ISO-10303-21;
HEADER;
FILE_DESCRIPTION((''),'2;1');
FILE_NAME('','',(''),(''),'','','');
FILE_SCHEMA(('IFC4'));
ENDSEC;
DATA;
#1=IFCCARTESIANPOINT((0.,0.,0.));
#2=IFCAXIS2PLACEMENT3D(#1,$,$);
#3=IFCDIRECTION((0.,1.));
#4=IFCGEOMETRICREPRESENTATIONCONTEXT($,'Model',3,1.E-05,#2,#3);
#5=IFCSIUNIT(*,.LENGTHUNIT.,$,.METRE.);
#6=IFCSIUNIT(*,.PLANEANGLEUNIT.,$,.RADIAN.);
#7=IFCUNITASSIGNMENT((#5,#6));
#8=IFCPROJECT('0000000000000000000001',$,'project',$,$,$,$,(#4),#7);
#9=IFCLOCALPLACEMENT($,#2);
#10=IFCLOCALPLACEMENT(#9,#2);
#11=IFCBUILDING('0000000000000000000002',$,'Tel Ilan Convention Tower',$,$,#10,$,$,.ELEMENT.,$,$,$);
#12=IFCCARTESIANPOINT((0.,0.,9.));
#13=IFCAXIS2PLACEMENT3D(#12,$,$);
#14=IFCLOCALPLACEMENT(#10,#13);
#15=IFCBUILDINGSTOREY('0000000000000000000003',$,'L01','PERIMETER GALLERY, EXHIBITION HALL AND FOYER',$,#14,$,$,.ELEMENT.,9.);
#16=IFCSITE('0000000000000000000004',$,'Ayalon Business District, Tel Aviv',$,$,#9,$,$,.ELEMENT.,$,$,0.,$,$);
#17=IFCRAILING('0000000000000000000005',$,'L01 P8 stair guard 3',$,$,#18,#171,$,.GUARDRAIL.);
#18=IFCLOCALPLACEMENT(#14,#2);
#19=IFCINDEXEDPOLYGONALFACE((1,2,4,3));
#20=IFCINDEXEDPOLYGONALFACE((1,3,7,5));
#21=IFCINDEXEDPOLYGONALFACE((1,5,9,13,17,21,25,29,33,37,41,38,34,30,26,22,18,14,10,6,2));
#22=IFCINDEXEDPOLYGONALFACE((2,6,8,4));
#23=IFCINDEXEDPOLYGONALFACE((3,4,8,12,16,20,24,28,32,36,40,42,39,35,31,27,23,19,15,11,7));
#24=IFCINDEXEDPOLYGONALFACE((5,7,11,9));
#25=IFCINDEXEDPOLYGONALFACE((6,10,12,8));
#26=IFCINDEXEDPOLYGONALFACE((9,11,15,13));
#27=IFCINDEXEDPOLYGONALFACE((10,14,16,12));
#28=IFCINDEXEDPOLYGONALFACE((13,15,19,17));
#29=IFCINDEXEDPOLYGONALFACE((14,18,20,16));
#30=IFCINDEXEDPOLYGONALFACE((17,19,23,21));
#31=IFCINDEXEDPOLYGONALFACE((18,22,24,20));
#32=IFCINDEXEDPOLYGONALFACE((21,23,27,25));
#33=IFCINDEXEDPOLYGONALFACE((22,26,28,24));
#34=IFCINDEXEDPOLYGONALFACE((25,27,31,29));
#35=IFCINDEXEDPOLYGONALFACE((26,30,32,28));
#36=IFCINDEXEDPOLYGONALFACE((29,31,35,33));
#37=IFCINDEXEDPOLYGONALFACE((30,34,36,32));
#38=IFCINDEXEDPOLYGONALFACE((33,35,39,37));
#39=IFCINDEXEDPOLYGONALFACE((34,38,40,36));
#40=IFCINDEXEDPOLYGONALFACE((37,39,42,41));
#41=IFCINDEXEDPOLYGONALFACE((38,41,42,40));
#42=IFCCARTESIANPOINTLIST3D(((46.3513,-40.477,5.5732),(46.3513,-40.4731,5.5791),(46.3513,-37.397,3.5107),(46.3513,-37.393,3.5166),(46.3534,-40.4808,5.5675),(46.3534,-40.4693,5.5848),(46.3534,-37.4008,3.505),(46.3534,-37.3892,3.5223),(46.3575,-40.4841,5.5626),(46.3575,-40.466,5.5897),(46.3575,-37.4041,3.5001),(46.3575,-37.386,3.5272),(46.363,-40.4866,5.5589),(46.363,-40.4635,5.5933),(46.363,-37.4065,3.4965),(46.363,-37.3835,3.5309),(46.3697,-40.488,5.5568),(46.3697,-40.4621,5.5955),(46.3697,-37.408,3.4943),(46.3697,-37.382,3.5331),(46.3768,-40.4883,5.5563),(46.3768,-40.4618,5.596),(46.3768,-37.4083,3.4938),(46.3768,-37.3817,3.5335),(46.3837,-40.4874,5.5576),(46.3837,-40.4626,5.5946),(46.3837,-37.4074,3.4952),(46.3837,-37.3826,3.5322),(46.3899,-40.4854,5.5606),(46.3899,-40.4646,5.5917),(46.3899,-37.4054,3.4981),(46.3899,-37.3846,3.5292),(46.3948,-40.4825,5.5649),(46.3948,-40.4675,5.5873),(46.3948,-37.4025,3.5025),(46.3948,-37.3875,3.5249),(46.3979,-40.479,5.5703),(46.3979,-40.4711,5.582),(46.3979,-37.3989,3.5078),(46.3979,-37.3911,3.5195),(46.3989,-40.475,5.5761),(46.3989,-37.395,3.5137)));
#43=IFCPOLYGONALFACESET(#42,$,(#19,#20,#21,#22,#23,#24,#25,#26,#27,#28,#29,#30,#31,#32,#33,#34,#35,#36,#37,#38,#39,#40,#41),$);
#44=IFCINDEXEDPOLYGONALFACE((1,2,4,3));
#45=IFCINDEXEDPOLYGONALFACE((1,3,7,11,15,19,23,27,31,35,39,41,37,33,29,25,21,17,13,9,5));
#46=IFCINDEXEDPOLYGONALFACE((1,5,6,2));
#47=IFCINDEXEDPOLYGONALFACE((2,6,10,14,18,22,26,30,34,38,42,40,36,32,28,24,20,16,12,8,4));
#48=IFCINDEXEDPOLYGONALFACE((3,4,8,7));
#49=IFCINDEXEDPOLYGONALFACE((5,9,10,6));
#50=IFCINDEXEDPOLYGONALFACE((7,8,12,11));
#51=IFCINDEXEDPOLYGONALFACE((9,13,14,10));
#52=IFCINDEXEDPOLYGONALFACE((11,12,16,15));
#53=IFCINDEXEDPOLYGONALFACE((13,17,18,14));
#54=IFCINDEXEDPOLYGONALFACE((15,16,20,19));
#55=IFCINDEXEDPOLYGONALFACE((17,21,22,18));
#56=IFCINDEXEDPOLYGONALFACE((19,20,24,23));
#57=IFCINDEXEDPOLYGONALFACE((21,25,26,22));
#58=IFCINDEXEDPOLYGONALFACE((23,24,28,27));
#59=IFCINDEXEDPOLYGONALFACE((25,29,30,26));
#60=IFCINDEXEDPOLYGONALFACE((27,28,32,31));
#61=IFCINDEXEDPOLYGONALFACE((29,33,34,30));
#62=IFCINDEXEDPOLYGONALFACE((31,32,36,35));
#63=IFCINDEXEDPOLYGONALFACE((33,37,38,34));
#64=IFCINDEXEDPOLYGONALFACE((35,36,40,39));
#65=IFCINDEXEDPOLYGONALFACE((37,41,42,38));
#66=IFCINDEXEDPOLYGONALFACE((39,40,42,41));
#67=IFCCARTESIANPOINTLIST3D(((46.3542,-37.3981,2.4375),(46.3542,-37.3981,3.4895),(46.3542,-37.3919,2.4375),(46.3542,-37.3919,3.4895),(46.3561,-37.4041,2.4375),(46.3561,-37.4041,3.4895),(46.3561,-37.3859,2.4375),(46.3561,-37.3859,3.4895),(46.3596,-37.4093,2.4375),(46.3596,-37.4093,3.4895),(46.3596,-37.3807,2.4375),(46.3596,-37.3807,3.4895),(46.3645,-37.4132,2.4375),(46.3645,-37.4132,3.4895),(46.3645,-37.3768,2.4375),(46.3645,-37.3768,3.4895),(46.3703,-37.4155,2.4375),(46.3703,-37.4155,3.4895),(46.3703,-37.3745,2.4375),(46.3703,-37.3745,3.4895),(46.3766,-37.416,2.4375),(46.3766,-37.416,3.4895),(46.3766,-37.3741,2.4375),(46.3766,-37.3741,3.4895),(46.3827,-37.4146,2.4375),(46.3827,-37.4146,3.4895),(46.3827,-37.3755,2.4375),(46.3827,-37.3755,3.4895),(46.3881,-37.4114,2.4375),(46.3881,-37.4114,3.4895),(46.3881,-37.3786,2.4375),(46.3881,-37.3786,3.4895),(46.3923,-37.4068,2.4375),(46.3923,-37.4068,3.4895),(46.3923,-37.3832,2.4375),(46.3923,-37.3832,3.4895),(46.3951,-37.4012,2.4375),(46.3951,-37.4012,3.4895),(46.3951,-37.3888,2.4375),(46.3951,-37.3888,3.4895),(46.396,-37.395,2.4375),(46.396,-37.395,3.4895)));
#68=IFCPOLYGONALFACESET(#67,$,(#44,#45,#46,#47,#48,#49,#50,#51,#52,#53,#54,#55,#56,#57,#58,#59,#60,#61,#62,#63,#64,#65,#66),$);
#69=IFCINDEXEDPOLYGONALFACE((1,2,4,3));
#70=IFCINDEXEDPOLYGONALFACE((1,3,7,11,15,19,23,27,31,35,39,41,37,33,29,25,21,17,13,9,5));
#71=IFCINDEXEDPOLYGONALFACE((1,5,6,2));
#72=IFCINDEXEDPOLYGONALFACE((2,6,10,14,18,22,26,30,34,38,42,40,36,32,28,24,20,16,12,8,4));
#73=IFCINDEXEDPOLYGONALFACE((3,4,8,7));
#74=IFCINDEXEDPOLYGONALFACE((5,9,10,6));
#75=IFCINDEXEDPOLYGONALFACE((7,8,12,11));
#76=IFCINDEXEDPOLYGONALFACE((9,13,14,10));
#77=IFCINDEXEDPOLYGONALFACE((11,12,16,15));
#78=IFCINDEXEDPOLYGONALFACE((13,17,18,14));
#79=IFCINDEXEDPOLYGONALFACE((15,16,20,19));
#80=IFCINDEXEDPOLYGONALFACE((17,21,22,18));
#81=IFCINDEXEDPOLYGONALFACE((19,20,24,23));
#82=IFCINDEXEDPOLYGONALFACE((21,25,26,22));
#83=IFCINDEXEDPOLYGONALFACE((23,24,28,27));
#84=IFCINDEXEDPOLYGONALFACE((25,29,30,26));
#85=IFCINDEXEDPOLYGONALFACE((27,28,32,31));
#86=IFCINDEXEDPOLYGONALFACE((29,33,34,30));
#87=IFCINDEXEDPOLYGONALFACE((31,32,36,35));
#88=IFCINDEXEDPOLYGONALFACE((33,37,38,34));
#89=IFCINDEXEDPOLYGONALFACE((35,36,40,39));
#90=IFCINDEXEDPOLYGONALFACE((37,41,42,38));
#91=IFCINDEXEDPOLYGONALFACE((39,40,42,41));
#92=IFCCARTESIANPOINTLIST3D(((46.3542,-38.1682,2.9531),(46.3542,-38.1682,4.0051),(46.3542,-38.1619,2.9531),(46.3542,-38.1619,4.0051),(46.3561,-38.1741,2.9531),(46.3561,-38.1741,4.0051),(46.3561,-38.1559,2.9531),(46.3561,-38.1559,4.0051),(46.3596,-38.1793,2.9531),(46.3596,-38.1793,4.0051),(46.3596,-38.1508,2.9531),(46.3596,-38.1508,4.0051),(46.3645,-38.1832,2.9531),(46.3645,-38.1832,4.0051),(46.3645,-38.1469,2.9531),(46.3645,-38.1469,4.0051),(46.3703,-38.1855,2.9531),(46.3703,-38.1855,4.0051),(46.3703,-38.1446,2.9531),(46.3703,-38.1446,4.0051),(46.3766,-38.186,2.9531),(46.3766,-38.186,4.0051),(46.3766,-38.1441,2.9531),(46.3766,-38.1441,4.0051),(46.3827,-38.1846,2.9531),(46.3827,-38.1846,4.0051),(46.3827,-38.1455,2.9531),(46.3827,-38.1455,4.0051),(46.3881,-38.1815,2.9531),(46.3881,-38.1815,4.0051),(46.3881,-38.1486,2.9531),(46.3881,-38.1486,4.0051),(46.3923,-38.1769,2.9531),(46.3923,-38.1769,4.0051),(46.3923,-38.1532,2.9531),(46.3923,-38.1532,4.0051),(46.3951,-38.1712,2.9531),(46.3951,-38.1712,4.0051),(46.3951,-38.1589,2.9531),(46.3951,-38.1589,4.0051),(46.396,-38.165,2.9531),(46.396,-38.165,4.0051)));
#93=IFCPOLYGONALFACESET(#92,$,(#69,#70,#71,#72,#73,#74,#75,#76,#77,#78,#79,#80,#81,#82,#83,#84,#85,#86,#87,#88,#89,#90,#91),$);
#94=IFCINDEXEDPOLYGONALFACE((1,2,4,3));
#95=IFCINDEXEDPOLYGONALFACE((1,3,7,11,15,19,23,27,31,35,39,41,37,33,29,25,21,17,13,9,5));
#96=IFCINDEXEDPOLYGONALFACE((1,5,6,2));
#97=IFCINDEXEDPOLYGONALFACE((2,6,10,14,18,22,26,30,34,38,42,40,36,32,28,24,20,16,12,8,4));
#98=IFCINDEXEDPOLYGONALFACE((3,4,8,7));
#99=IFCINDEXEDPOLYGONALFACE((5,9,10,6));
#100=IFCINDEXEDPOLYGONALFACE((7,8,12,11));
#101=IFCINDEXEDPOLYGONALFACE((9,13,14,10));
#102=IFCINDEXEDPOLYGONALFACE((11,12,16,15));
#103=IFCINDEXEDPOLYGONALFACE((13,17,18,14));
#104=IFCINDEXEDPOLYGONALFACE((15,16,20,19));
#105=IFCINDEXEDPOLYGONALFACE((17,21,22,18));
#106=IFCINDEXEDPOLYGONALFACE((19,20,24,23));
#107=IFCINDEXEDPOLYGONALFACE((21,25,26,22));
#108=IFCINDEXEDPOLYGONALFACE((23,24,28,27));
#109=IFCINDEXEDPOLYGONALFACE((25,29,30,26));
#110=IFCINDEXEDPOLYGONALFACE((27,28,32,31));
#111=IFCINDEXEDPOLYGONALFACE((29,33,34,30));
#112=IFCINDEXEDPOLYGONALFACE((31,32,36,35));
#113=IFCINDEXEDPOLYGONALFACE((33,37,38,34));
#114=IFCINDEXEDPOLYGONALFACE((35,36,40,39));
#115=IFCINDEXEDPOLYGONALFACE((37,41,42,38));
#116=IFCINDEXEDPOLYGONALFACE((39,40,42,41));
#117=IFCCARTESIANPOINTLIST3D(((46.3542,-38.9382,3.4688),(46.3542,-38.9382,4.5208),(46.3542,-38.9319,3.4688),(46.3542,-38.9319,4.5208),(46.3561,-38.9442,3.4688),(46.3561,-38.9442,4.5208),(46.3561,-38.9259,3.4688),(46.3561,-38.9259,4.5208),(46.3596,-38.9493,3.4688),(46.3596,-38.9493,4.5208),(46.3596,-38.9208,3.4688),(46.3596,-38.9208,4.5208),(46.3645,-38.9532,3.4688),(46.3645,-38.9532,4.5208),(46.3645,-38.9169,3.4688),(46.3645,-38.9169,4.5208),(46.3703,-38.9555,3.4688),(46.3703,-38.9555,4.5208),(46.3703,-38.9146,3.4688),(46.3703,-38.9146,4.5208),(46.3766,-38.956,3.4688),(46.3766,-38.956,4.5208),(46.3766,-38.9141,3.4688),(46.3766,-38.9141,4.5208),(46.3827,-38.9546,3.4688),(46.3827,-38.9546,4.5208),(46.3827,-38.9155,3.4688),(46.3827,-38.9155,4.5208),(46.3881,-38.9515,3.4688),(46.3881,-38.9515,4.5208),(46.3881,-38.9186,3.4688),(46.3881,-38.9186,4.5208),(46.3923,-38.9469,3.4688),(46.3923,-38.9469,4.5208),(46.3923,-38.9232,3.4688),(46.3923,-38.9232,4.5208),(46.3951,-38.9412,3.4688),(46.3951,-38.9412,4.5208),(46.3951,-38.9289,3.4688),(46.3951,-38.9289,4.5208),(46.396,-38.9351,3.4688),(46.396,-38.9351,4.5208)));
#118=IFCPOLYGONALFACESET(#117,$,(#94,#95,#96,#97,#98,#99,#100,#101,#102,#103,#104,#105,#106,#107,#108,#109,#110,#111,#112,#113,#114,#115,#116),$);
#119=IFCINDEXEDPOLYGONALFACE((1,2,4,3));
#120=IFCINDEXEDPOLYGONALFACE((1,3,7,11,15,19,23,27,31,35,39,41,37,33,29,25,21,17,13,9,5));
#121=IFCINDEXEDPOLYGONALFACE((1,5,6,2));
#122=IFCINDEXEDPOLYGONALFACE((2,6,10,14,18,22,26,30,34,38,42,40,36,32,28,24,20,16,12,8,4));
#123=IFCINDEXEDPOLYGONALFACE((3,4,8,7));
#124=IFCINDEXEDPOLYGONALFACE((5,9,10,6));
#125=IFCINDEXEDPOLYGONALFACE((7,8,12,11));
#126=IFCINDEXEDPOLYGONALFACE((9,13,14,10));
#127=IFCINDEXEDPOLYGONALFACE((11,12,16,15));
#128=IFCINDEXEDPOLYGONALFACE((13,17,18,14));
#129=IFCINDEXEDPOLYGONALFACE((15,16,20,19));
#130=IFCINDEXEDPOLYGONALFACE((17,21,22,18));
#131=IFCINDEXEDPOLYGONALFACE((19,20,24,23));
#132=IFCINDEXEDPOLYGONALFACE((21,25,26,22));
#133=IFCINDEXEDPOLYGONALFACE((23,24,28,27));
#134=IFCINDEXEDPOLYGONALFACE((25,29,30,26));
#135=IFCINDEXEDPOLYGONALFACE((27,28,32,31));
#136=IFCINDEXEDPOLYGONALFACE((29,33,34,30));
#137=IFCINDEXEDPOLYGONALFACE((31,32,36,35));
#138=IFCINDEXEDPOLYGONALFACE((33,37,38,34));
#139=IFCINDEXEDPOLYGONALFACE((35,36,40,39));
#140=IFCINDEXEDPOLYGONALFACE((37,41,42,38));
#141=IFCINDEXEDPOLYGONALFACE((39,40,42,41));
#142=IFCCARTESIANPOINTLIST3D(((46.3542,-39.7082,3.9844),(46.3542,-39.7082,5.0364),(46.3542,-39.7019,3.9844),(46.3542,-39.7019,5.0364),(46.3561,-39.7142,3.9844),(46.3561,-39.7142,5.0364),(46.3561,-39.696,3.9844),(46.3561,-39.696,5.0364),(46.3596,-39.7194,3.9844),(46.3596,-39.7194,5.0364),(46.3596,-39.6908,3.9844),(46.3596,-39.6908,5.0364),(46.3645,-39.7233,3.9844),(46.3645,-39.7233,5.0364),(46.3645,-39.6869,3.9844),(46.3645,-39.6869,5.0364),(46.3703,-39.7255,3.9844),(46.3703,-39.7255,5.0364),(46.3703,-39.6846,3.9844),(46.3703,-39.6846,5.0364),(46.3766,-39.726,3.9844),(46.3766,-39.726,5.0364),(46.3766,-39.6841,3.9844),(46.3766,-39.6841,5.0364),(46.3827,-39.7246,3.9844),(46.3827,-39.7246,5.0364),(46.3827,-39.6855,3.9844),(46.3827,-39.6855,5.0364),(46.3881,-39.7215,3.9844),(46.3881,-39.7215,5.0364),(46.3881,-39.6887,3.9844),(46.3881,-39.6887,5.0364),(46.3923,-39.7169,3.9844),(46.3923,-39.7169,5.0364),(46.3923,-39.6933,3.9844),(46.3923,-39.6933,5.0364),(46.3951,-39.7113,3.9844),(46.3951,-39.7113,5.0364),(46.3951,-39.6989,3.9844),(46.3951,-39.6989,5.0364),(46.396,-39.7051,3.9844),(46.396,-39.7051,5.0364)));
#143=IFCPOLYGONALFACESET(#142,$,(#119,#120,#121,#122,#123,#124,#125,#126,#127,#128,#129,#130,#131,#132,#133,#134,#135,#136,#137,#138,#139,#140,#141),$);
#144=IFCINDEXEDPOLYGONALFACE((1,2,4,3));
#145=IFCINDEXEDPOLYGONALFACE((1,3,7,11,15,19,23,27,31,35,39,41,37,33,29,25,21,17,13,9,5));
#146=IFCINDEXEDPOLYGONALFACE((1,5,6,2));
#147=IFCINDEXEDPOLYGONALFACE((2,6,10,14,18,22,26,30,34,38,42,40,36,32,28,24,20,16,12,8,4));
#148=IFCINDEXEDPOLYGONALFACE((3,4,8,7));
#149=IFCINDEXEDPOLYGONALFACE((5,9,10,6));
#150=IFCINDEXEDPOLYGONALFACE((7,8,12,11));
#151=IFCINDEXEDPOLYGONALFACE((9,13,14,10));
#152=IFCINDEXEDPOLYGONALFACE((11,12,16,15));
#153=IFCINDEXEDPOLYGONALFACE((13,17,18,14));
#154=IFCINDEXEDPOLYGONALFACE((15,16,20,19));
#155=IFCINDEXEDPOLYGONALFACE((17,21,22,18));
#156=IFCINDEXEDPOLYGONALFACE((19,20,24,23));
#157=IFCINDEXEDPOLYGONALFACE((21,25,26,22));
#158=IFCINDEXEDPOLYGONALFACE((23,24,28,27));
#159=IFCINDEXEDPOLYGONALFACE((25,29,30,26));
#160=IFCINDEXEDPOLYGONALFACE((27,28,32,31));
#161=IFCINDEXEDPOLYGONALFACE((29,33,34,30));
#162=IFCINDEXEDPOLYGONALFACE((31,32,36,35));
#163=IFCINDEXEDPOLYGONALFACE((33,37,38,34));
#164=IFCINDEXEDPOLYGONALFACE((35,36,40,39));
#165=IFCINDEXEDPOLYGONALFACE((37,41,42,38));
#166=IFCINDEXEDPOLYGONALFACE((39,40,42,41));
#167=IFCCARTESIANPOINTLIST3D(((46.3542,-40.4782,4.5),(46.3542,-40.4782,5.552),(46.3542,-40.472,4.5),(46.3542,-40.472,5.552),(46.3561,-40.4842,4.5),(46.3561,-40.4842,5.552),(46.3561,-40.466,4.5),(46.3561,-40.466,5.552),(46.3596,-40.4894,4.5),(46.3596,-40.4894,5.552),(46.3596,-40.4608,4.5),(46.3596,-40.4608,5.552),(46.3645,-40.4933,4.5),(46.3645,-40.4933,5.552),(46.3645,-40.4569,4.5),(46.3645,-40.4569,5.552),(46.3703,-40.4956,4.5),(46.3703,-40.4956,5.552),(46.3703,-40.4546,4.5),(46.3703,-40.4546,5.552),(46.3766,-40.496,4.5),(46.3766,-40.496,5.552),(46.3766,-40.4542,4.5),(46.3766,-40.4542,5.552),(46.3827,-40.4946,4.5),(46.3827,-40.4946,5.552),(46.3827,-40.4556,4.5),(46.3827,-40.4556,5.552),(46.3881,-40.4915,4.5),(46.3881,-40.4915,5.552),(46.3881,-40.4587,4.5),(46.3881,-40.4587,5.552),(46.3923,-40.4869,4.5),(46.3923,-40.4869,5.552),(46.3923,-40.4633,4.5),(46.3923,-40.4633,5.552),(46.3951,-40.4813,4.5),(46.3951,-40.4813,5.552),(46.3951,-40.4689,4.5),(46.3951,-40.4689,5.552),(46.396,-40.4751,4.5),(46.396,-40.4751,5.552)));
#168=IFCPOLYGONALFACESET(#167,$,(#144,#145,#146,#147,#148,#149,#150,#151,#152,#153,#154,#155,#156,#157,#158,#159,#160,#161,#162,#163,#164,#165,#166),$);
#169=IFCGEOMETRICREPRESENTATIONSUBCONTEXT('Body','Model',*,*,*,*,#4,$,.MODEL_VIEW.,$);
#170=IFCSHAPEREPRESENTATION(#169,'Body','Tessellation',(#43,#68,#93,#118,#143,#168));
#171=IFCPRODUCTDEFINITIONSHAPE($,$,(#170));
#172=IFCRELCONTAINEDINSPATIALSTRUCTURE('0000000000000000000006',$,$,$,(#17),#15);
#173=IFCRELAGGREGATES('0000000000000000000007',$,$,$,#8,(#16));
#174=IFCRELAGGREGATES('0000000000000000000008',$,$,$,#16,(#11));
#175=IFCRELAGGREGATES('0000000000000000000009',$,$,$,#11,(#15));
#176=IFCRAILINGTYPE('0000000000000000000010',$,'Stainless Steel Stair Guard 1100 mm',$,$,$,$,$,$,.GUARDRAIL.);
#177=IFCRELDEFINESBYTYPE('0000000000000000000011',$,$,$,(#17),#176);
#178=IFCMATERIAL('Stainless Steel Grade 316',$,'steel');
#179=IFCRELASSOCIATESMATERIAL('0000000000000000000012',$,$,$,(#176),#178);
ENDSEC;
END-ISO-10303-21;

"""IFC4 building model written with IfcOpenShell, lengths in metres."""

from ifc_helpers import new_model, si_unit, direction, frame, origin, origin_2d, place, context, subcontext, project, spatial, circle, extrude, material, type_object, element, save


model = new_model("IFC4")

# Units and contexts
model_context = context("Model", 3, precision=1e-05, world=origin(), true_north=direction((0.0, 1.0)))
body_context = subcontext(model_context, "Body", "Model", "MODEL_VIEW")
ifc_project = project(units=[si_unit("LENGTHUNIT", "METRE"), si_unit("PLANEANGLEUNIT", "RADIAN")], contexts=[model_context])

# Site, building, storey
site_placement = place(None, origin())
site = spatial("IfcSite", under=ifc_project, at=site_placement, Name="Ayalon Business District, Tel Aviv", CompositionType="ELEMENT", RefElevation=0.0)
building_placement = place(site_placement, origin())
building = spatial("IfcBuilding", under=site, at=building_placement, Name="Tel Ilan Convention Tower", CompositionType="ELEMENT")
storey_placement = place(building_placement, frame((0.0, 0.0, 9.0)))
storey = spatial("IfcBuildingStorey", under=building, at=storey_placement, Name="L01", Description="PERIMETER GALLERY, EXHIBITION HALL AND FOYER", CompositionType="ELEMENT", Elevation=9.0)

# Railing
ifc_material_1 = material(Name="Stainless Steel Grade 316", Category="steel")
railing_type_1 = type_object("IfcRailingType", Name="Stainless Steel Stair Guard 1100 mm", PredefinedType="GUARDRAIL", material=ifc_material_1)
railing_1_placement = place(storey_placement, frame((46.375, -37.395, 2.4375)))
element("IfcRailing", 1, at=railing_1_placement, inside=storey, type_object=railing_type_1, Name="L01 P8 stair guard 3", PredefinedType="GUARDRAIL", context=body_context, shape_type="SweptSolid", body=[
    extrude(circle(Radius=0.0239, at=origin_2d()), frame((0.0, 0.0, 1.0762), z_axis=(0.0, -0.830914, 0.556401), x_axis=(1.0, 0.0, 0.0)), (0.0, 0.0, 1.0), 3.7068),
    extrude(circle(Radius=0.021, at=origin_2d()), origin(), (0.0, 0.0, 1.0), 1.052),
    extrude(circle(Radius=0.021, at=origin_2d()), frame((0.0, -0.77, 0.5156)), (0.0, 0.0, 1.0), 1.052),
    extrude(circle(Radius=0.021, at=origin_2d()), frame((0.0, -1.54, 1.0312)), (0.0, 0.0, 1.0), 1.052),
    extrude(circle(Radius=0.021, at=origin_2d()), frame((0.0, -2.3101, 1.5469)), (0.0, 0.0, 1.0), 1.052),
    extrude(circle(Radius=0.021, at=origin_2d()), frame((0.0, -3.0801, 2.0625)), (0.0, 0.0, 1.0), 1.052),
])

save(model, "model.ifc")
